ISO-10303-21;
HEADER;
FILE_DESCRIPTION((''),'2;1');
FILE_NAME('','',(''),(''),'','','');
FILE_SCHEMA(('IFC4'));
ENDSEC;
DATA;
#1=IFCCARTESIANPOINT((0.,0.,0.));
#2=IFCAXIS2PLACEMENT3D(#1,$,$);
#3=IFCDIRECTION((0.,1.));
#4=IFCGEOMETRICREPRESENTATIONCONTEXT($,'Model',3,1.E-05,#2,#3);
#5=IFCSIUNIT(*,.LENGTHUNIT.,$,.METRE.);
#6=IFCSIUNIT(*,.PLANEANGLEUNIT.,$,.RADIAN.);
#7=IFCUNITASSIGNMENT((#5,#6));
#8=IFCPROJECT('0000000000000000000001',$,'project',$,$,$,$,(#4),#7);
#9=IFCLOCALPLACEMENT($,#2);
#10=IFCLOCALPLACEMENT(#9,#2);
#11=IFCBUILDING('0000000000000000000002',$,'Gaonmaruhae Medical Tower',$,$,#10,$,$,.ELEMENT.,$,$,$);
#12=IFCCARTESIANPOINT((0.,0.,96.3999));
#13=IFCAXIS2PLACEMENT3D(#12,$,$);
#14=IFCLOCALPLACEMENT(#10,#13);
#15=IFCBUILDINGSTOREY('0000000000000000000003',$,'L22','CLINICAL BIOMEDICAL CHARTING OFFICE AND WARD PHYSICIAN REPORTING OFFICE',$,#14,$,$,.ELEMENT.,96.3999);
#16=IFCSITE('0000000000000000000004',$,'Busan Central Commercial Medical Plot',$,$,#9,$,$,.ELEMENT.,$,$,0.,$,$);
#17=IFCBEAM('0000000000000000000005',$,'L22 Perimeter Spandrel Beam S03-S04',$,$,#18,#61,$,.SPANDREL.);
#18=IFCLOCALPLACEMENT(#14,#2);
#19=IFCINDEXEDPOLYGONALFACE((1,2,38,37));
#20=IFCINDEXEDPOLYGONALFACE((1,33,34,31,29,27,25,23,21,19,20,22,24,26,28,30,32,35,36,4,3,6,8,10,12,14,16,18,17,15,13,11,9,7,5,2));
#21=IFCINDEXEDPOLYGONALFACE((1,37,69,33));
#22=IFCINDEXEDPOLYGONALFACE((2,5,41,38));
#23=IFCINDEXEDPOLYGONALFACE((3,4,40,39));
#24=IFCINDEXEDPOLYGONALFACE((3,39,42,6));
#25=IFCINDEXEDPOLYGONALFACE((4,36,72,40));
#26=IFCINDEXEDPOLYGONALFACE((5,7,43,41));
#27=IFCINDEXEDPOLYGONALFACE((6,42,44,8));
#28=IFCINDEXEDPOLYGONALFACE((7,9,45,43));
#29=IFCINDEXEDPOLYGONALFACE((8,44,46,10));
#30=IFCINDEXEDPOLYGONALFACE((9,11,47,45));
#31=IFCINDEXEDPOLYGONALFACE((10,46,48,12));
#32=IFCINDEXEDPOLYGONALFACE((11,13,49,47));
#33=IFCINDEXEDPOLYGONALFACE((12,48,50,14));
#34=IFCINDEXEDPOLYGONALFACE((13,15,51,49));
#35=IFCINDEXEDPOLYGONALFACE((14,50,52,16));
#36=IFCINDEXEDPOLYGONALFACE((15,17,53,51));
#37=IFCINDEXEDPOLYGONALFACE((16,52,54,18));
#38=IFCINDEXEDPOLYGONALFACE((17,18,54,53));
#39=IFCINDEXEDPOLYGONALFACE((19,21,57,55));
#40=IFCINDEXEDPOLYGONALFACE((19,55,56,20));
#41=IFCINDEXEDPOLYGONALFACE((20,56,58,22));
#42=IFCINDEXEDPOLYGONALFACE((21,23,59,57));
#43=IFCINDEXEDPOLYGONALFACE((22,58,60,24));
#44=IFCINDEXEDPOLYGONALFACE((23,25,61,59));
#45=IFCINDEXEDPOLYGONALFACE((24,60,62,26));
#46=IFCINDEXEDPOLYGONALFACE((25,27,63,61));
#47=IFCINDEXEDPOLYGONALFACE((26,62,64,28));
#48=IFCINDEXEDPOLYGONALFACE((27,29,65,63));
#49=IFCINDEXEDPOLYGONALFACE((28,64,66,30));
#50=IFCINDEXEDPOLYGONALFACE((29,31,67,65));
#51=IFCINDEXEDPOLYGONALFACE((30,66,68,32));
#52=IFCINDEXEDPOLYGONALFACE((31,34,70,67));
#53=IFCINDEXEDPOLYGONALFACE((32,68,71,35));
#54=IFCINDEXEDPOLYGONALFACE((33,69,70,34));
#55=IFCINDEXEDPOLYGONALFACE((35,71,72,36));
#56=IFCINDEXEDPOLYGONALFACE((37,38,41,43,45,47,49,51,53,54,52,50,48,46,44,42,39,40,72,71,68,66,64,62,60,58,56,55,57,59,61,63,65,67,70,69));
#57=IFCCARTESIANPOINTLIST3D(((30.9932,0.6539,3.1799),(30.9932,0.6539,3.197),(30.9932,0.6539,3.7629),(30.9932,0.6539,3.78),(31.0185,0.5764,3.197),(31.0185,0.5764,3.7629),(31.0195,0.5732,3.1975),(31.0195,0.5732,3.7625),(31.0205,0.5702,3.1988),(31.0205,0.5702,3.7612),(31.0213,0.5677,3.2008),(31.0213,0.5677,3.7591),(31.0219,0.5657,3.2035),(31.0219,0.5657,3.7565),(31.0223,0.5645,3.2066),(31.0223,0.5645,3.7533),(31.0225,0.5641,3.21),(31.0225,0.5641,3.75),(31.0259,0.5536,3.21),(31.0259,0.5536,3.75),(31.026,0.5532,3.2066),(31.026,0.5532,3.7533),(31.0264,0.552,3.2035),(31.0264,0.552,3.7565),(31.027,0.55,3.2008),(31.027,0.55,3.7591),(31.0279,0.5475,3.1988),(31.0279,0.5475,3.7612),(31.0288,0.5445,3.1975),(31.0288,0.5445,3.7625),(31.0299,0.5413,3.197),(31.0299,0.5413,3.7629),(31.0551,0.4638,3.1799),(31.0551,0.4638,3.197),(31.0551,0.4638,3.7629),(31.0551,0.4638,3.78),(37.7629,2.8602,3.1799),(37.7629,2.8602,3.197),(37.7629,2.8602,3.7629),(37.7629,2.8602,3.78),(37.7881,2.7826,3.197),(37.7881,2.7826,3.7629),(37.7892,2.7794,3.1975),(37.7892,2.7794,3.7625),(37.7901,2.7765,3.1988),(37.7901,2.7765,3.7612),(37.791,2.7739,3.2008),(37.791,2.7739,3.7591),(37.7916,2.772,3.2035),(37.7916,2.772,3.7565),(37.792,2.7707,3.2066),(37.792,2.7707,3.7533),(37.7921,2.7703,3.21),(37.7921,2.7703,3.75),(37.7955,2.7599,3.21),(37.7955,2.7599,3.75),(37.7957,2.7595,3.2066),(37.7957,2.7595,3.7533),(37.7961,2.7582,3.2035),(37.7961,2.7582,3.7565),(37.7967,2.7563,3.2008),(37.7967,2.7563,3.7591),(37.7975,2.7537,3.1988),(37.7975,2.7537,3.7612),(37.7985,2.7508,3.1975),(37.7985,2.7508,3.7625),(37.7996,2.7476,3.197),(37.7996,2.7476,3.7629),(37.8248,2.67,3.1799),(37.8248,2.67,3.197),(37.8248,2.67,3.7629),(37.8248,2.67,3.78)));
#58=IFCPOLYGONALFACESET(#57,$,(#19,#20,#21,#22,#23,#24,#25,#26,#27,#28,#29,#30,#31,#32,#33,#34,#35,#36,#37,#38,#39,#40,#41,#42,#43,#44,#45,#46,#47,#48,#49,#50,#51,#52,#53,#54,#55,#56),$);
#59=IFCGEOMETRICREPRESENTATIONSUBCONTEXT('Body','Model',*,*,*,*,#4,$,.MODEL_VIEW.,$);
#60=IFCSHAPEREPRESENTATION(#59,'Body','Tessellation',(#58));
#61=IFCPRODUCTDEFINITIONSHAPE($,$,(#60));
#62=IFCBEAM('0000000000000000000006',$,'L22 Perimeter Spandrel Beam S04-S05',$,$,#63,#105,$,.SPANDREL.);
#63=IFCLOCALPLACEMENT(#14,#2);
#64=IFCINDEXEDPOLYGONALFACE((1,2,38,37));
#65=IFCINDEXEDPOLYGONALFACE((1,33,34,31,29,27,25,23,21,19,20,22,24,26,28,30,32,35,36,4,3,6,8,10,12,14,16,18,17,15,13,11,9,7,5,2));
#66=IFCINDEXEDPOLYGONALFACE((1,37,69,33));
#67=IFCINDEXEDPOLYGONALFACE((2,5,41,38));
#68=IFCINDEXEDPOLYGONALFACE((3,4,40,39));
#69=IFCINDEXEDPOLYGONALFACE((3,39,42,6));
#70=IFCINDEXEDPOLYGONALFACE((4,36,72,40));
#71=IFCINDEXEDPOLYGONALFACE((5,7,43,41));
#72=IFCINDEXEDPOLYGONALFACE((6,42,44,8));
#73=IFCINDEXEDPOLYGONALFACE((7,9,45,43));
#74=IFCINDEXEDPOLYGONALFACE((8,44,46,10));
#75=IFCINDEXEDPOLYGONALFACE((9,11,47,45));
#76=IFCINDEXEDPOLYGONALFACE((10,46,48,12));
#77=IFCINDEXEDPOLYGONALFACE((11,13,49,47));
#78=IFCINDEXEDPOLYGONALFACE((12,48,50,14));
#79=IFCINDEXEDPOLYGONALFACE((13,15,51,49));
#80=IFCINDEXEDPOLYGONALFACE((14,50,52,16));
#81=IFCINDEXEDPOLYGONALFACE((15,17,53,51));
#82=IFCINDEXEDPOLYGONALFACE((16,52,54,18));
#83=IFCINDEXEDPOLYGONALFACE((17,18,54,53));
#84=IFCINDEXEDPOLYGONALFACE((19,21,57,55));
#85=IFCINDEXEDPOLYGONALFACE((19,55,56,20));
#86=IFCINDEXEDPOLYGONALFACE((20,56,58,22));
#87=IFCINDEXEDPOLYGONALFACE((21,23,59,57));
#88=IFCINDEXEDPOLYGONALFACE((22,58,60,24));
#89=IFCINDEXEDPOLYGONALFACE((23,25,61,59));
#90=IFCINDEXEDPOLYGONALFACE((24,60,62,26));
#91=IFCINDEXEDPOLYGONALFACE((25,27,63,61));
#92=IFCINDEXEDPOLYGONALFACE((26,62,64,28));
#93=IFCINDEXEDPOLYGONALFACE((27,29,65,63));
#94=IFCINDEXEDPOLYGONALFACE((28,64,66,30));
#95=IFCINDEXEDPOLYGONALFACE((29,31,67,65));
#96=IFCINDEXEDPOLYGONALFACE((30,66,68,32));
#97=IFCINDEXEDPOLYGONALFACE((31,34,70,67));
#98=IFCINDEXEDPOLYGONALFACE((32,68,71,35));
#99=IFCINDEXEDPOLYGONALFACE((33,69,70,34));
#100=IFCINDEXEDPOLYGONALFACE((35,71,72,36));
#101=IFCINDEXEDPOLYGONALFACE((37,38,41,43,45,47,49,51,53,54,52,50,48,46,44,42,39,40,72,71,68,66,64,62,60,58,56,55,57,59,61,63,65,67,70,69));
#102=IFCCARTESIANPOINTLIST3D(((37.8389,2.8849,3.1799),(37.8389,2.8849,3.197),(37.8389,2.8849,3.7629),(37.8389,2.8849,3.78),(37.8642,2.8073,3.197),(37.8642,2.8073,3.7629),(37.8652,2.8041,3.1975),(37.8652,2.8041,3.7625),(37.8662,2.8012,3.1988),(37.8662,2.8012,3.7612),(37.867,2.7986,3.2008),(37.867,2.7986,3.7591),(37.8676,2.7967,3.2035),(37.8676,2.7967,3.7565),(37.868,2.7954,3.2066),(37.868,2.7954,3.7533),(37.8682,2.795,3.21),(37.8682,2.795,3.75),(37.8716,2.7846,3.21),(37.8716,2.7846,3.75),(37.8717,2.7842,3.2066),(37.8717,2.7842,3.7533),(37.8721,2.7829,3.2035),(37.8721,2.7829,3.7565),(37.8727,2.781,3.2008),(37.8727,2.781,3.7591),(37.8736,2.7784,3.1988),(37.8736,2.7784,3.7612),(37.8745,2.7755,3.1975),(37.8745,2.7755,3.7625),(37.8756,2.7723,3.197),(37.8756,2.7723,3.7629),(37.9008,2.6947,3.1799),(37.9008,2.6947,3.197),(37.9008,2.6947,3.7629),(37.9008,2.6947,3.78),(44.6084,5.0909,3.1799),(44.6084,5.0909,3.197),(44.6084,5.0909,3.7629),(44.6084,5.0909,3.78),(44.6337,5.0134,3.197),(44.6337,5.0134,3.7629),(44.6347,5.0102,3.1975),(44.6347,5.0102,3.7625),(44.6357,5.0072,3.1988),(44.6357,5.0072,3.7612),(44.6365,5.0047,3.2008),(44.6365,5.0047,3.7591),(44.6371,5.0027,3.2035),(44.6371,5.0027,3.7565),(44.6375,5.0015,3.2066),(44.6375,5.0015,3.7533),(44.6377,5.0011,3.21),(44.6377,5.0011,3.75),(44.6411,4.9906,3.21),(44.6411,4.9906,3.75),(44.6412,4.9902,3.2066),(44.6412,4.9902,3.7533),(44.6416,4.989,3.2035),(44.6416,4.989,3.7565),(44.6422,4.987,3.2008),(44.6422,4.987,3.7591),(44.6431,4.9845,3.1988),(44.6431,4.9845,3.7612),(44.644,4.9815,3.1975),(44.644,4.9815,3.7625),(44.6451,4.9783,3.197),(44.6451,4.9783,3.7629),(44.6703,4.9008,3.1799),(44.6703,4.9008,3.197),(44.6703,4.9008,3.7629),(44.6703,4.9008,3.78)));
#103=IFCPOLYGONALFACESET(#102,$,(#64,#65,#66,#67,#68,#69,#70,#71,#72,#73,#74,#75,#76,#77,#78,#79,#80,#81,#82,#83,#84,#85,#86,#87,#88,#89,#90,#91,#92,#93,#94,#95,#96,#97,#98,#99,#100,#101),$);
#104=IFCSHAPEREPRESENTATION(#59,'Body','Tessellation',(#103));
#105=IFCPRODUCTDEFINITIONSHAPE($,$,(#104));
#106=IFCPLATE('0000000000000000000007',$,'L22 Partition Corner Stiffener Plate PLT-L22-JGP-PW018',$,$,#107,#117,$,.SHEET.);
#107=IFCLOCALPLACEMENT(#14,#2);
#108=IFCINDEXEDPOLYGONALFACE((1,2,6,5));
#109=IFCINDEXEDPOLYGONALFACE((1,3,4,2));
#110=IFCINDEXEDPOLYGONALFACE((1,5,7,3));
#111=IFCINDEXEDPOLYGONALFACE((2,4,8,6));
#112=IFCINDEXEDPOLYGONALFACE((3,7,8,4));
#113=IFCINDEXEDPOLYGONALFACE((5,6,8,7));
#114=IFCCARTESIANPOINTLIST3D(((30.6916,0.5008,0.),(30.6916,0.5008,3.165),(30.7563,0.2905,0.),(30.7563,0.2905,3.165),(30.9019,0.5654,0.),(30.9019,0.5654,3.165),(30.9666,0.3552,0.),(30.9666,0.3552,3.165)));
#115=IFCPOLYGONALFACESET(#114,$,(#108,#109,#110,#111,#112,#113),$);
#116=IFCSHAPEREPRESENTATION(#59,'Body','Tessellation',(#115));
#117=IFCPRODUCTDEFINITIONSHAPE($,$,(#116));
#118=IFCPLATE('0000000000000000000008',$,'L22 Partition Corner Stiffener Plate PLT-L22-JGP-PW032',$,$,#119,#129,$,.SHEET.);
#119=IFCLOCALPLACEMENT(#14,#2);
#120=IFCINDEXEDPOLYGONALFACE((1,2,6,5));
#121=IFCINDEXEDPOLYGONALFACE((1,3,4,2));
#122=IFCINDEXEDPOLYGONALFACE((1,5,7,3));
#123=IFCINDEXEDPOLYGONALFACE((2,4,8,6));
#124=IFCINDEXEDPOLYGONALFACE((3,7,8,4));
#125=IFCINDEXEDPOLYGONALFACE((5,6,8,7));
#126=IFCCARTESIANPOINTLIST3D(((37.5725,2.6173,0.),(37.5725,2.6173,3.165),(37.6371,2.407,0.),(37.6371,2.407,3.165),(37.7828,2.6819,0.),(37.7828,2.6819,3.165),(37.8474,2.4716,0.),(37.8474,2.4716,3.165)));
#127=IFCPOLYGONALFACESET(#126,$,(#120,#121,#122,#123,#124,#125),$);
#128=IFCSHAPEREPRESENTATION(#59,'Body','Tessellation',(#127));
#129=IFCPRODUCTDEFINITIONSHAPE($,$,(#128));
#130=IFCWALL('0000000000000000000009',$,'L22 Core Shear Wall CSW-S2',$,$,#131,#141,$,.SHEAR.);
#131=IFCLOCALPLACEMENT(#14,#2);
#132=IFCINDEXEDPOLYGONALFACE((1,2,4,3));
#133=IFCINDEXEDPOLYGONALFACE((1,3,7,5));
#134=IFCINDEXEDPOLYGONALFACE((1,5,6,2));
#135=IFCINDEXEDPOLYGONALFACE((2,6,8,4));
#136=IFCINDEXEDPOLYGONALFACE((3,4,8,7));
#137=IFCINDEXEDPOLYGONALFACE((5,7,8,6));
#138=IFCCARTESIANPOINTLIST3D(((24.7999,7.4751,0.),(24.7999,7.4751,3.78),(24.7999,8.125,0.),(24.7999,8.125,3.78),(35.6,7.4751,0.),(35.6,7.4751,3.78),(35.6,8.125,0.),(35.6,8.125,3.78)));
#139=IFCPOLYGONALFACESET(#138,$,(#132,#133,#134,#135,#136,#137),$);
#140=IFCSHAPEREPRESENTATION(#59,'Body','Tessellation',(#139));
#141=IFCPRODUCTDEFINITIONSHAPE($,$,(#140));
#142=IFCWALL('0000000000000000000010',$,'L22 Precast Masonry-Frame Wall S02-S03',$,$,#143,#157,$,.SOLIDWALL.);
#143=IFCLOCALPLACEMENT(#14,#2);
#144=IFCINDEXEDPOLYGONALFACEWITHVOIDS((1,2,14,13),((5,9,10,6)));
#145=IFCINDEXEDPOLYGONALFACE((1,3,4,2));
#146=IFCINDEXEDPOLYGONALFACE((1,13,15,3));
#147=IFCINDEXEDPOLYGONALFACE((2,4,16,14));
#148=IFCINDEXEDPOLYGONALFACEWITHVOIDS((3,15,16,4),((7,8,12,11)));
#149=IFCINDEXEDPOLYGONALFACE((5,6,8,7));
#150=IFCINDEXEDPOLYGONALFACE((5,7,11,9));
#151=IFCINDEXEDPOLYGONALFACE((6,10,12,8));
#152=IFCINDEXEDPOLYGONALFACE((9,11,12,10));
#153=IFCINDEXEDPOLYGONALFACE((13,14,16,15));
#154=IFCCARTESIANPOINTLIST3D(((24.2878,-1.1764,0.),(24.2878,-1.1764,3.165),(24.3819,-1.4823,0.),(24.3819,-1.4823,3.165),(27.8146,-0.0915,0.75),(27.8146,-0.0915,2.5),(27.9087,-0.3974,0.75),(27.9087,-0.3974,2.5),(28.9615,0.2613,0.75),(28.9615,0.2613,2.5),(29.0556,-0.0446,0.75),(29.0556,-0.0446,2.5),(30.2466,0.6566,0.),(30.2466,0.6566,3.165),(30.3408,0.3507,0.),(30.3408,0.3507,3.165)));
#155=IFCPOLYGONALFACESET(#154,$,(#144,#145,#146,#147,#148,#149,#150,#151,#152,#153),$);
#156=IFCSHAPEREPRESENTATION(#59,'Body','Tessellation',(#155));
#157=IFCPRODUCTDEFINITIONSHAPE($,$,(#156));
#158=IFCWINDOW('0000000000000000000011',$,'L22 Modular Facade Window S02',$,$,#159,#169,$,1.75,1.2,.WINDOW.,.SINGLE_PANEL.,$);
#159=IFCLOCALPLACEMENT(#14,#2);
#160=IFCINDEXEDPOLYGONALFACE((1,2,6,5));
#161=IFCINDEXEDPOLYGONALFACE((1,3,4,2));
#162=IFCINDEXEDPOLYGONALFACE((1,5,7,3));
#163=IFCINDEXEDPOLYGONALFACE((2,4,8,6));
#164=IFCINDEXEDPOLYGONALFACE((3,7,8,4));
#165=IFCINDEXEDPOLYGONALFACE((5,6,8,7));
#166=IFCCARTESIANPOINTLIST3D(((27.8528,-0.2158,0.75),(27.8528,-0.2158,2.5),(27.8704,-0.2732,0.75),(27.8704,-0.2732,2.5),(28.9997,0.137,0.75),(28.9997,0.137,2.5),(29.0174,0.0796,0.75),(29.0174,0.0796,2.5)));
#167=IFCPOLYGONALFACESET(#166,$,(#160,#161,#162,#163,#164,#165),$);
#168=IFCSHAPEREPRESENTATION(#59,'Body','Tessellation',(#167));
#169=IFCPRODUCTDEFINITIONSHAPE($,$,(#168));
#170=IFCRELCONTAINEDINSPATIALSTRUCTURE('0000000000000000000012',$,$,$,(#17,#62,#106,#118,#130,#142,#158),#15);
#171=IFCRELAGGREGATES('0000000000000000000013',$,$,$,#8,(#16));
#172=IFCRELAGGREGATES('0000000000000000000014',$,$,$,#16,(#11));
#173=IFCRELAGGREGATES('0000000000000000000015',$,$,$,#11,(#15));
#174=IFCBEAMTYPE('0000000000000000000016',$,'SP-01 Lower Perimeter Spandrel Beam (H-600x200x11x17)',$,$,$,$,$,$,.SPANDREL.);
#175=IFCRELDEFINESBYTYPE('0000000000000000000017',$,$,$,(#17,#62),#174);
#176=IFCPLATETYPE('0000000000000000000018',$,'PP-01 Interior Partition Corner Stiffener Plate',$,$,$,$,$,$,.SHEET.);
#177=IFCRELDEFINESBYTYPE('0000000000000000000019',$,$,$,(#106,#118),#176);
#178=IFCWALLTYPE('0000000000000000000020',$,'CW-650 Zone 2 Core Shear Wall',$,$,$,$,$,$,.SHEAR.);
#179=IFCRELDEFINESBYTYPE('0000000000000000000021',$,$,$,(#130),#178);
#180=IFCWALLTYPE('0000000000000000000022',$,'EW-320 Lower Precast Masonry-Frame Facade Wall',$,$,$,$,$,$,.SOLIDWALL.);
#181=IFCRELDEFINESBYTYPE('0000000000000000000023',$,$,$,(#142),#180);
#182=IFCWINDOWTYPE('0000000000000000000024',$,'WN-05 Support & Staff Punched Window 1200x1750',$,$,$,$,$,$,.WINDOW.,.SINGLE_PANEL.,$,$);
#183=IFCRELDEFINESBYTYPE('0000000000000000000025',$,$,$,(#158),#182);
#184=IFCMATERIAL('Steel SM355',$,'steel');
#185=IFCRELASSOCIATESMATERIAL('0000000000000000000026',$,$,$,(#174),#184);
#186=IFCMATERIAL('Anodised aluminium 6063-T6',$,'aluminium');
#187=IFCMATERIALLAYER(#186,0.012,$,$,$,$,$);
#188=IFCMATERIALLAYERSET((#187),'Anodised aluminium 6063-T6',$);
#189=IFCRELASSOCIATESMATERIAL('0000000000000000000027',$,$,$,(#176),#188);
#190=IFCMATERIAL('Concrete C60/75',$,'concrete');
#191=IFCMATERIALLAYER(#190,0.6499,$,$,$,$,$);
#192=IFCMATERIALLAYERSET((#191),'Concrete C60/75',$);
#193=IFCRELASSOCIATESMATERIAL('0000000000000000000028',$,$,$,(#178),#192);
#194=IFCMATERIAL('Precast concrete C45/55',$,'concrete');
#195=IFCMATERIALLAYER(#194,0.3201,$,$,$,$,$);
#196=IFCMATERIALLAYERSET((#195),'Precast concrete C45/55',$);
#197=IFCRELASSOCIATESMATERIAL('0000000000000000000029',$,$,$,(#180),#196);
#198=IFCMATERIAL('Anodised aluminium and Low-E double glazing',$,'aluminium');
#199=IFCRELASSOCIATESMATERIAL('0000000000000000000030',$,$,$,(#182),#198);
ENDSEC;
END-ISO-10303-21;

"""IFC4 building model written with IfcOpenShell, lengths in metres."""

from ifc_helpers import new_model, si_unit, direction, frame, frame_2d, origin, origin_2d, place, context, subcontext, project, spatial, rectangle, i_section, extrude, material, layer, layer_set, material_profile, profile_set, type_object, element, fill, save


model = new_model("IFC4")

# Units and contexts
model_context = context("Model", 3, precision=1e-05, world=origin(), true_north=direction((0.0, 1.0)))
body_context = subcontext(model_context, "Body", "Model", "MODEL_VIEW")
ifc_project = project(units=[si_unit("LENGTHUNIT", "METRE"), si_unit("PLANEANGLEUNIT", "RADIAN")], contexts=[model_context])

# Site, building, storey
site_placement = place(None, origin())
site = spatial("IfcSite", under=ifc_project, at=site_placement, Name="Busan Central Commercial Medical Plot", CompositionType="ELEMENT", RefElevation=0.0)
building_placement = place(site_placement, origin())
building = spatial("IfcBuilding", under=site, at=building_placement, Name="Gaonmaruhae Medical Tower", CompositionType="ELEMENT")
storey_placement = place(building_placement, frame((0.0, 0.0, 96.3999)))
storey = spatial("IfcBuildingStorey", under=building, at=storey_placement, Name="L22", Description="CLINICAL BIOMEDICAL CHARTING OFFICE AND WARD PHYSICIAN REPORTING OFFICE", CompositionType="ELEMENT", Elevation=96.3999)

# Shared definitions
ifc_material_1 = material(Name="Concrete C60/75", Category="concrete")

# Beams
ifc_material_2 = material(Name="Steel SM355", Category="steel")
ifc_material_profile_1 = material_profile(ifc_material_2, i_section(OverallWidth=0.2, OverallDepth=0.6001, WebThickness=0.011, FlangeThickness=0.0171, FilletRadius=0.0129, at=origin_2d()), Name="H-600x200x11x17")
ifc_profile_set_1 = profile_set([ifc_material_profile_1], Name="Steel SM355")
beam_type_1 = type_object("IfcBeamType", Name="SP-01 Lower Perimeter Spandrel Beam (H-600x200x11x17)", PredefinedType="SPANDREL", material=ifc_profile_set_1)
beam_1_placement = place(storey_placement, frame((31.0242, 0.5588, 3.48), z_axis=(0.950781, 0.309864, 0.0), x_axis=(-0.309864, 0.950781, 0.0)))
element("IfcBeam", 1, at=beam_1_placement, inside=storey, type_object=beam_type_1, Name="L22 Perimeter Spandrel Beam S03-S04", PredefinedType="SPANDREL", context=body_context, shape_type="SweptSolid", body=[
    extrude(i_section(OverallWidth=0.2, OverallDepth=0.6001, WebThickness=0.011, FlangeThickness=0.0171, FilletRadius=0.0129, at=origin_2d()), origin(), (0.0, 0.0, 1.0), 7.1201),
])
beam_2_placement = place(storey_placement, frame((37.8699, 2.7898, 3.48), z_axis=(0.950788, 0.309843, 0.0), x_axis=(-0.309843, 0.950788, 0.0)))
element("IfcBeam", 2, at=beam_2_placement, inside=storey, type_object=beam_type_1, Name="L22 Perimeter Spandrel Beam S04-S05", PredefinedType="SPANDREL", context=body_context, shape_type="SweptSolid", body=[
    extrude(i_section(OverallWidth=0.2, OverallDepth=0.6001, WebThickness=0.011, FlangeThickness=0.0171, FilletRadius=0.0129, at=origin_2d()), origin(), (0.0, 0.0, 1.0), 7.1199),
])

# Plates
ifc_material_3 = material(Name="Anodised aluminium 6063-T6", Category="aluminium")
ifc_layer_1 = layer(ifc_material_3, 0.012)
ifc_layer_set_1 = layer_set([ifc_layer_1], Name="Anodised aluminium 6063-T6")
plate_type = type_object("IfcPlateType", Name="PP-01 Interior Partition Corner Stiffener Plate", PredefinedType="SHEET", material=ifc_layer_set_1)
for number, where, z_axis, x_axis, name in (
    (3, (30.8291, 0.428, 0.0), (0.0, 0.0, 1.0), (-0.955778, -0.29409, 0.0), "L22 Partition Corner Stiffener Plate PLT-L22-JGP-PW018"),
    (4, (37.71, 2.5444, 0.0), (0.0, 0.0, 1.0), (-0.955978, -0.29344, 0.0), "L22 Partition Corner Stiffener Plate PLT-L22-JGP-PW032"),
):
    element("IfcPlate", number, at=place(storey_placement, frame(where, z_axis=z_axis, x_axis=x_axis)), inside=storey, type_object=plate_type, Name=name, PredefinedType="SHEET", context=body_context, shape_type="SweptSolid", body=[
        extrude(rectangle(XDim=0.22, YDim=0.22, at=origin_2d()), origin(), (0.0, 0.0, 1.0), 3.165),
    ])

# Wall
ifc_layer_2 = layer(ifc_material_1, 0.6499)
ifc_layer_set_2 = layer_set([ifc_layer_2], Name="Concrete C60/75")
wall_type_1 = type_object("IfcWallType", Name="CW-650 Zone 2 Core Shear Wall", PredefinedType="SHEAR", material=ifc_layer_set_2)
wall_1_placement = place(storey_placement, frame((24.8, 7.8, 0.0), z_axis=(0.0, 0.0, 1.0), x_axis=(1.0, 0.0, 0.0)))
element("IfcWall", 5, at=wall_1_placement, inside=storey, type_object=wall_type_1, Name="L22 Core Shear Wall CSW-S2", PredefinedType="SHEAR", context=body_context, shape_type="SweptSolid", body=[
    extrude(rectangle(XDim=10.8, YDim=0.6499, at=frame_2d((5.3999, 0.0))), origin(), (0.0, 0.0, 1.0), 3.78),
])

# Wall, opening, window
ifc_material_4 = material(Name="Precast concrete C45/55", Category="concrete")
ifc_layer_3 = layer(ifc_material_4, 0.3201)
ifc_layer_set_3 = layer_set([ifc_layer_3], Name="Precast concrete C45/55")
wall_type_2 = type_object("IfcWallType", Name="EW-320 Lower Precast Masonry-Frame Facade Wall", PredefinedType="SOLIDWALL", material=ifc_layer_set_3)
wall_2_placement = place(storey_placement, frame((30.2937, 0.5037, 0.0), z_axis=(0.0, 0.0, 1.0), x_axis=(-0.955799, -0.29402, 0.0)))
wall_2 = element("IfcWall", 6, at=wall_2_placement, inside=storey, type_object=wall_type_2, Name="L22 Precast Masonry-Frame Wall S02-S03", PredefinedType="SOLIDWALL", context=body_context, shape_type="SweptSolid", body=[
    extrude(rectangle(XDim=6.2344, YDim=0.3201, at=frame_2d((3.1172, 0.0))), origin(), (0.0, 0.0, 1.0), 3.165),
])
opening_1_placement = place(wall_2_placement, frame((1.3445, 0.0, 0.75)))
opening_1 = element("IfcOpeningElement", 7, at=opening_1_placement, cuts=wall_2, PredefinedType="OPENING", context=body_context, shape_type="SweptSolid", body=[
    extrude(rectangle(XDim=1.2, YDim=1.75, at=frame_2d((0.6001, 0.875))), frame((0.0, 0.1699, 0.0), z_axis=(0.0, -1.0, 0.0), x_axis=(1.0, 0.0, 0.0)), (0.0, 0.0, 1.0), 0.3401),
])
ifc_material_5 = material(Name="Anodised aluminium and Low-E double glazing", Category="aluminium")
window_type_1 = type_object("IfcWindowType", Name="WN-05 Support & Staff Punched Window 1200x1750", PartitioningType="SINGLE_PANEL", PredefinedType="WINDOW", material=ifc_material_5)
window_1_placement = place(opening_1_placement, origin())
window_1 = element("IfcWindow", 8, at=window_1_placement, inside=storey, type_object=window_type_1, Name="L22 Modular Facade Window S02", OverallHeight=1.75, OverallWidth=1.2, PartitioningType="SINGLE_PANEL", PredefinedType="WINDOW", context=body_context, shape_type="SweptSolid", body=[
    extrude(rectangle(XDim=1.2, YDim=1.75, at=frame_2d((0.6001, 0.875))), frame((0.0, 0.03, 0.0), z_axis=(0.0, -1.0, 0.0), x_axis=(1.0, 0.0, 0.0)), (0.0, 0.0, 1.0), 0.0601),
])
fill(opening_1, window_1)

save(model, "model.ifc")
